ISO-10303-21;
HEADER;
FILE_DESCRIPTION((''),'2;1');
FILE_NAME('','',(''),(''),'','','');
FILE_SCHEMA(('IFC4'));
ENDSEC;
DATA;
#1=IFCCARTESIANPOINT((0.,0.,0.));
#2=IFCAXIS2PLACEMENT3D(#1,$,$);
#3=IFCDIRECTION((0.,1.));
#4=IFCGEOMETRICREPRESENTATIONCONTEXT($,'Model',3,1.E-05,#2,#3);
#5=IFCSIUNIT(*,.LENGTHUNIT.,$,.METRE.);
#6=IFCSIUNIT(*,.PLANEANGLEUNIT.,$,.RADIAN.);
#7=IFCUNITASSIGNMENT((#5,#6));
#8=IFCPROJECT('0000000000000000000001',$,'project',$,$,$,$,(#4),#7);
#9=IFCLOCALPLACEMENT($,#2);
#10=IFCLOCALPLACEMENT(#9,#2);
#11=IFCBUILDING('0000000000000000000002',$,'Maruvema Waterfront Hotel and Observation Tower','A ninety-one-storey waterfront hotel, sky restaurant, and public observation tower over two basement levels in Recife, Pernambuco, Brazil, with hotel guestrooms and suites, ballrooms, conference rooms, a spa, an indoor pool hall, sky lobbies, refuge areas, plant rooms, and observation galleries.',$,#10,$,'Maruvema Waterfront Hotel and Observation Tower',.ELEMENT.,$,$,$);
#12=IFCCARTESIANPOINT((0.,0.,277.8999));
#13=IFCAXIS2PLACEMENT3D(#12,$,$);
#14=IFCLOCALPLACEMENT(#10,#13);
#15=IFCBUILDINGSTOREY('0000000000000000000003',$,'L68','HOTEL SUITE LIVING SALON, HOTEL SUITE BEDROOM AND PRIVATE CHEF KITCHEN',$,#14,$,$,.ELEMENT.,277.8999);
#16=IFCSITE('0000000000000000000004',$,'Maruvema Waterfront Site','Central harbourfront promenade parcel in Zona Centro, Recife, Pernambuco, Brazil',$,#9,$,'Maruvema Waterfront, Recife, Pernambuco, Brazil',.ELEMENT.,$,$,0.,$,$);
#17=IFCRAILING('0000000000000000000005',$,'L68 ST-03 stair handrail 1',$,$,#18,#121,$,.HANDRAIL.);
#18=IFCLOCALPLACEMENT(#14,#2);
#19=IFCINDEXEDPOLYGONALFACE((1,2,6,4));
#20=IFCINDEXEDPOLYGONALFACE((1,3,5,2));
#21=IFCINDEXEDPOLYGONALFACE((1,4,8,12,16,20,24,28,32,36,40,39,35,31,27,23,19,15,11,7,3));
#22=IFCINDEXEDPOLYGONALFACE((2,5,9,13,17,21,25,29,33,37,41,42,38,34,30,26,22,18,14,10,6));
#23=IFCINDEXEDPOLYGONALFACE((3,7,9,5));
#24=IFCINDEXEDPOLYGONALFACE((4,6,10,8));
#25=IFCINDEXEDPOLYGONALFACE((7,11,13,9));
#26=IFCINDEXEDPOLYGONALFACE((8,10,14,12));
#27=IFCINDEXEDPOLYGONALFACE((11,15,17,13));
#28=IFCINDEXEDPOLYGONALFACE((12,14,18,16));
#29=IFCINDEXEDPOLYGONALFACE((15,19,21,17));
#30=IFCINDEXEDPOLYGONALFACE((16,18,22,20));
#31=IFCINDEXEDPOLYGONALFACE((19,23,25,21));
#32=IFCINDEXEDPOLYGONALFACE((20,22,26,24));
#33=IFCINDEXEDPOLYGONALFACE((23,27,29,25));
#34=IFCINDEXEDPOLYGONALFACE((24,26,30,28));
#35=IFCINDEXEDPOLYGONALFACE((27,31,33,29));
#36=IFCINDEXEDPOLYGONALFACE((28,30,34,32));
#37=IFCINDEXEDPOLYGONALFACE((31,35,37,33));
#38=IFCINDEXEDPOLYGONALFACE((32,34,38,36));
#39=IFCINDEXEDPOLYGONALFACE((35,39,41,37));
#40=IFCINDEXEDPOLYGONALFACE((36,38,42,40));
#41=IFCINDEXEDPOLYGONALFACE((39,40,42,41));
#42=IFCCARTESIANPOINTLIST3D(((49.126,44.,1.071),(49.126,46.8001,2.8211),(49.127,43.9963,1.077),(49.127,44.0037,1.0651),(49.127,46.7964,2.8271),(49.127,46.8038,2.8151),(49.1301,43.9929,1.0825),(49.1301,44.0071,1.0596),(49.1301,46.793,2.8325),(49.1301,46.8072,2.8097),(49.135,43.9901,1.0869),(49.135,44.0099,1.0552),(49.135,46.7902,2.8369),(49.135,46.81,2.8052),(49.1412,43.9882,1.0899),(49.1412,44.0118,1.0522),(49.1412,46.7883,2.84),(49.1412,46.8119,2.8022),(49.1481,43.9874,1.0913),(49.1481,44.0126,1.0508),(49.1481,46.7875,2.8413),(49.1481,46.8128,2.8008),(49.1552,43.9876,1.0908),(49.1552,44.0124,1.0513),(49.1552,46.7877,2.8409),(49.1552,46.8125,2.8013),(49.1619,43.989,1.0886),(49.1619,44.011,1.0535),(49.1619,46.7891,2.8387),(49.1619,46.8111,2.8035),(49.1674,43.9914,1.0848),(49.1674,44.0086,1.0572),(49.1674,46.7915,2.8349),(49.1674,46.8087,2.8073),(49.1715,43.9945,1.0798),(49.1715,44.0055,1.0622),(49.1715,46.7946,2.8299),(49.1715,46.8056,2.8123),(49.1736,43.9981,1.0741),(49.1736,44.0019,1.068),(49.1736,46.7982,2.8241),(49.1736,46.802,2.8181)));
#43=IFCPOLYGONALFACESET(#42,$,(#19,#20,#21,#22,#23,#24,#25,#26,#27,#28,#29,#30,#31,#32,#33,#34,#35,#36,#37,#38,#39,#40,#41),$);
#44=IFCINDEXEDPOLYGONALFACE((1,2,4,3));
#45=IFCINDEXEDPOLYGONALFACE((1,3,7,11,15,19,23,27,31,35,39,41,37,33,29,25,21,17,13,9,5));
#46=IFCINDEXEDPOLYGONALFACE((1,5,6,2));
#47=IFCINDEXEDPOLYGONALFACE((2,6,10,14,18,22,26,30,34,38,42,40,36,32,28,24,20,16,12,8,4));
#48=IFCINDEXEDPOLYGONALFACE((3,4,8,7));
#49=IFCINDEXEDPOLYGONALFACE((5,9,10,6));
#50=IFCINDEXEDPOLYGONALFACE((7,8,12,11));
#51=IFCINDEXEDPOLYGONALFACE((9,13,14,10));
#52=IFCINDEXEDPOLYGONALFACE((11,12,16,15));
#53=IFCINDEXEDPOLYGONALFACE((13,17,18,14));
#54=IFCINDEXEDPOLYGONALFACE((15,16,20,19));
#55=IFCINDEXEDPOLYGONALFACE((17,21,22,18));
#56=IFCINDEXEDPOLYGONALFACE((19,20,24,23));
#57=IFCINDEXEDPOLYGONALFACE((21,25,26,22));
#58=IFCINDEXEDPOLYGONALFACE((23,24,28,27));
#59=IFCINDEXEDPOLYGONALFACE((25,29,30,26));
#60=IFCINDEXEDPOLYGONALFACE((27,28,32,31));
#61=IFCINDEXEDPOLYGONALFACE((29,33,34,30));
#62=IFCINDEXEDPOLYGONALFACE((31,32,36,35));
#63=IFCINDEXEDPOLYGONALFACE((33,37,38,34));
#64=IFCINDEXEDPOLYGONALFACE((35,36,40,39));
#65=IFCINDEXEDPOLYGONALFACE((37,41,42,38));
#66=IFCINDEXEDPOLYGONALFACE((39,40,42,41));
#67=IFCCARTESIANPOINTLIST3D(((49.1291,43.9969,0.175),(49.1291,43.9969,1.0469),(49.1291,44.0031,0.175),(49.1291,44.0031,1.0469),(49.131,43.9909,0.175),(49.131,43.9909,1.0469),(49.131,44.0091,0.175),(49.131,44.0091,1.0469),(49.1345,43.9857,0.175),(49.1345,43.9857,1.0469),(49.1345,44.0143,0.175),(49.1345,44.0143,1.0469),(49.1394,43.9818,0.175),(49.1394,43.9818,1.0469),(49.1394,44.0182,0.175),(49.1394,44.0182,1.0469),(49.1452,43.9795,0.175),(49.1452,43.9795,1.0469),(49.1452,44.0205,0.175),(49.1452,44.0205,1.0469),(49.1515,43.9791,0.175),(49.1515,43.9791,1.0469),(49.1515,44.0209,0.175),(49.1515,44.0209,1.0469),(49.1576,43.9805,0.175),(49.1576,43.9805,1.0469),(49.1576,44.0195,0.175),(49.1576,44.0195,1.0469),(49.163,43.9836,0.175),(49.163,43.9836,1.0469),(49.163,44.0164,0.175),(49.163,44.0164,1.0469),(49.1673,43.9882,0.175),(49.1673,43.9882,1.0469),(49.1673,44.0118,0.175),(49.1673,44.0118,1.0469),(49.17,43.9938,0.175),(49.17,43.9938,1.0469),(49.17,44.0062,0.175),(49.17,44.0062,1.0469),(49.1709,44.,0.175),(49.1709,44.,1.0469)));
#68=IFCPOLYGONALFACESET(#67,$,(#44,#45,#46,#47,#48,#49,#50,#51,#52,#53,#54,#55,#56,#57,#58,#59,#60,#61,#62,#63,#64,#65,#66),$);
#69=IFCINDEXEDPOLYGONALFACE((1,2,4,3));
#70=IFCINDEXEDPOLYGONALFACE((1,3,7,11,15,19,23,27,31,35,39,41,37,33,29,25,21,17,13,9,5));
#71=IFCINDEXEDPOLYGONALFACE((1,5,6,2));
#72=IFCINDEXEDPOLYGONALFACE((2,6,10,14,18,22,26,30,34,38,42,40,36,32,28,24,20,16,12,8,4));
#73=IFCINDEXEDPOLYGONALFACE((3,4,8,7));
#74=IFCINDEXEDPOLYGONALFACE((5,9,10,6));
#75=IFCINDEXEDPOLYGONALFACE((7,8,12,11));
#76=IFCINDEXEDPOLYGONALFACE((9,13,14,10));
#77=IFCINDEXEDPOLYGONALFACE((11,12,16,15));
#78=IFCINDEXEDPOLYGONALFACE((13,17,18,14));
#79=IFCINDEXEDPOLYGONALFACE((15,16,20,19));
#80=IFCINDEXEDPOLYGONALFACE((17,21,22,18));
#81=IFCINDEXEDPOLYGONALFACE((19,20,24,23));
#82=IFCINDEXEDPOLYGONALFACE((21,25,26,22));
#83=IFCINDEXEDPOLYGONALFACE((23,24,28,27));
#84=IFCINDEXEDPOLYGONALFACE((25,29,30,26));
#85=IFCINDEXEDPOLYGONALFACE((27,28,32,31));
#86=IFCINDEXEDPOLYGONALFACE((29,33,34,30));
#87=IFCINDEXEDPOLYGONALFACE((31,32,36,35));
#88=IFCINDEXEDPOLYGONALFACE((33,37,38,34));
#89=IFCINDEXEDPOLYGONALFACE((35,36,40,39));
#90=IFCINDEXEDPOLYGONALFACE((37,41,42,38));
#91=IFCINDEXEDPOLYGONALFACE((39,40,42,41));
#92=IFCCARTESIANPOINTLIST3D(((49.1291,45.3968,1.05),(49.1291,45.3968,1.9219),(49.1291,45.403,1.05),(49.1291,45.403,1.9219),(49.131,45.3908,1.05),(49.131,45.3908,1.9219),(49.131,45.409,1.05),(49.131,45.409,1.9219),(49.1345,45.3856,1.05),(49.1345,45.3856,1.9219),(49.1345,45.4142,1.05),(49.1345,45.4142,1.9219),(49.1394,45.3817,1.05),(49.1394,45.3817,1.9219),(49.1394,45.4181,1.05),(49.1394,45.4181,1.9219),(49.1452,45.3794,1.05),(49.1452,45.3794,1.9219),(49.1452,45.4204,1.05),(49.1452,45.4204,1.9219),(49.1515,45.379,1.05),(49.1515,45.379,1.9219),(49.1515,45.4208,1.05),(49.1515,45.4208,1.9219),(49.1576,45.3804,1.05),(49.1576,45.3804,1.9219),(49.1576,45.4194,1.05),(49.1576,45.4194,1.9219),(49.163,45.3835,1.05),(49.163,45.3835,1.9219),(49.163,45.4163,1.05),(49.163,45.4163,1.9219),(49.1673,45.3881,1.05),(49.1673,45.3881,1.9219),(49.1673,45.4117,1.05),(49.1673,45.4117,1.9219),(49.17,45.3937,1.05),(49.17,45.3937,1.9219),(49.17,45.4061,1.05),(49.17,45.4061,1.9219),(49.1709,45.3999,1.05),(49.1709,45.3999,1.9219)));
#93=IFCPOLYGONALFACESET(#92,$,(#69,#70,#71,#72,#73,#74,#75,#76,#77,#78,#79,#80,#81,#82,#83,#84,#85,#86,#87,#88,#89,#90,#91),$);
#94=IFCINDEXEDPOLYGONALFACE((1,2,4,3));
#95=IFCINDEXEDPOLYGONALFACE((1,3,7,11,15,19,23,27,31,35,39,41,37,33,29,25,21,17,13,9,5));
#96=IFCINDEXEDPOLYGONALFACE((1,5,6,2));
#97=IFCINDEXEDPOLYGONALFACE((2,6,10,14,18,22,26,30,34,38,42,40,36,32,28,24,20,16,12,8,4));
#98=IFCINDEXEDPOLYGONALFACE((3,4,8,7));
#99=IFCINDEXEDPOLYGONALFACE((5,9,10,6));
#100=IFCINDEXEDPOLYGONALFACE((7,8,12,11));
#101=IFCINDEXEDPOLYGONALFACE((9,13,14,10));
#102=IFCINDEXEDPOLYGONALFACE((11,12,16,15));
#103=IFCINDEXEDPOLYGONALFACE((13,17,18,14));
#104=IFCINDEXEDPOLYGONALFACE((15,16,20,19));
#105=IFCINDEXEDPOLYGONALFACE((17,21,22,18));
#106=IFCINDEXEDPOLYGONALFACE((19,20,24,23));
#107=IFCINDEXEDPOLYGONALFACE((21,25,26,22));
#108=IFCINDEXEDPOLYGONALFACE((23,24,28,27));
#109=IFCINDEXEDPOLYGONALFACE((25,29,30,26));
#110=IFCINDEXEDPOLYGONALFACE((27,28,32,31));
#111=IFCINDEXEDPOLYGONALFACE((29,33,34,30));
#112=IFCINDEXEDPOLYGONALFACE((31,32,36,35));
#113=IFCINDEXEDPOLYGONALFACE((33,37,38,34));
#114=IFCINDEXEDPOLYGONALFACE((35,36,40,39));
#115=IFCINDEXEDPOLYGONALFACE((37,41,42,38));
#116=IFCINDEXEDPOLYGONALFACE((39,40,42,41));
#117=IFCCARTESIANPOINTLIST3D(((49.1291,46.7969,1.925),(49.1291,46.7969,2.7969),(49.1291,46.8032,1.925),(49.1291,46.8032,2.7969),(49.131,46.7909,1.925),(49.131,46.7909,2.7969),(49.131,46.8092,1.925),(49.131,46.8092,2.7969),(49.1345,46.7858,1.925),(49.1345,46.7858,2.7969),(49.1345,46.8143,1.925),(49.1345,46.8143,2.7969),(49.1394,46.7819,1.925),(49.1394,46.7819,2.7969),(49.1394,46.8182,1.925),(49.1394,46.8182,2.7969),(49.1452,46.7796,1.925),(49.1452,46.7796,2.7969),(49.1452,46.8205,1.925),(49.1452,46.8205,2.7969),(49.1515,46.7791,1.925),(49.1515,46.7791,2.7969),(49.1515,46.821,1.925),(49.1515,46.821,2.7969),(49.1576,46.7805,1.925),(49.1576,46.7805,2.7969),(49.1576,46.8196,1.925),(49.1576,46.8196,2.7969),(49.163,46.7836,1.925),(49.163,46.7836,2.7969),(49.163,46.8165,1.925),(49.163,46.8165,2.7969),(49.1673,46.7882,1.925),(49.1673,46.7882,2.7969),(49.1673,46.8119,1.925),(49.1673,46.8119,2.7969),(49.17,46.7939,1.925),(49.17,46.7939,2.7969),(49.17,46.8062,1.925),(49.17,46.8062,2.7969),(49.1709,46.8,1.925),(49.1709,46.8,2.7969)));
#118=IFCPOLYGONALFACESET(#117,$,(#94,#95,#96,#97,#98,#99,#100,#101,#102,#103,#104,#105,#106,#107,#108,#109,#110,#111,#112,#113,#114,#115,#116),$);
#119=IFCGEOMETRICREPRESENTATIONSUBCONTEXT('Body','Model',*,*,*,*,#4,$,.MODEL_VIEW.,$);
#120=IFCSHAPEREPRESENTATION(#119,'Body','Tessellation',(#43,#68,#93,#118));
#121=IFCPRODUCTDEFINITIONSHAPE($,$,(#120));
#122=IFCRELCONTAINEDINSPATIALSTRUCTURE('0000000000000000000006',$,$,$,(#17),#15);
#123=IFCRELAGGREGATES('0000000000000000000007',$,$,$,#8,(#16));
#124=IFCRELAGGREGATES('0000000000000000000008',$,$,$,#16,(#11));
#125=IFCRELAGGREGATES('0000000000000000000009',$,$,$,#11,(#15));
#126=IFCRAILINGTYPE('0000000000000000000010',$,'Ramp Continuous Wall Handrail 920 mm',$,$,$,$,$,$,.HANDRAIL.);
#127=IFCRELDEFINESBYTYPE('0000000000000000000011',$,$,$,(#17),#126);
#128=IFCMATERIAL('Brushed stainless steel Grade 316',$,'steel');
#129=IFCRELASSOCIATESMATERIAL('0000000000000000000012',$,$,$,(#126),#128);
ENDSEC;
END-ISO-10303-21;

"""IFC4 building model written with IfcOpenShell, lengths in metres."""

from ifc_helpers import new_model, si_unit, direction, frame, origin, origin_2d, place, context, subcontext, project, spatial, circle, extrude, material, type_object, element, save


model = new_model("IFC4")

# Units and contexts
model_context = context("Model", 3, precision=1e-05, world=origin(), true_north=direction((0.0, 1.0)))
body_context = subcontext(model_context, "Body", "Model", "MODEL_VIEW")
ifc_project = project(units=[si_unit("LENGTHUNIT", "METRE"), si_unit("PLANEANGLEUNIT", "RADIAN")], contexts=[model_context])

# Site, building, storey
site_placement = place(None, origin())
site = spatial("IfcSite", under=ifc_project, at=site_placement, Name="Maruvema Waterfront Site", Description="Central harbourfront promenade parcel in Zona Centro, Recife, Pernambuco, Brazil", LongName="Maruvema Waterfront, Recife, Pernambuco, Brazil", CompositionType="ELEMENT", RefElevation=0.0)
building_placement = place(site_placement, origin())
building = spatial("IfcBuilding", under=site, at=building_placement, Name="Maruvema Waterfront Hotel and Observation Tower", Description="A ninety-one-storey waterfront hotel, sky restaurant, and public observation tower over two basement levels in Recife, Pernambuco, Brazil, with hotel guestrooms and suites, ballrooms, conference rooms, a spa, an indoor pool hall, sky lobbies, refuge areas, plant rooms, and observation galleries.", LongName="Maruvema Waterfront Hotel and Observation Tower", CompositionType="ELEMENT")
storey_placement = place(building_placement, frame((0.0, 0.0, 277.8999)))
storey = spatial("IfcBuildingStorey", under=building, at=storey_placement, Name="L68", Description="HOTEL SUITE LIVING SALON, HOTEL SUITE BEDROOM AND PRIVATE CHEF KITCHEN", CompositionType="ELEMENT", Elevation=277.8999)

# Railing
ifc_material_1 = material(Name="Brushed stainless steel Grade 316", Category="steel")
railing_type_1 = type_object("IfcRailingType", Name="Ramp Continuous Wall Handrail 920 mm", PredefinedType="HANDRAIL", material=ifc_material_1)
railing_1_placement = place(storey_placement, frame((49.1499, 44.0, 0.175)))
element("IfcRailing", 1, at=railing_1_placement, inside=storey, type_object=railing_type_1, Name="L68 ST-03 stair handrail 1", PredefinedType="HANDRAIL", context=body_context, shape_type="SweptSolid", body=[
    extrude(circle(Radius=0.0239, at=origin_2d()), frame((0.0, 0.0, 0.896), z_axis=(0.0, 0.848002, 0.529992), x_axis=(-1.0, 0.0, 0.0)), (0.0, 0.0, 1.0), 3.302),
    extrude(circle(Radius=0.021, at=origin_2d()), origin(), (0.0, 0.0, 1.0), 0.8718),
    extrude(circle(Radius=0.021, at=origin_2d()), frame((0.0, 1.3999, 0.875)), (0.0, 0.0, 1.0), 0.8718),
    extrude(circle(Radius=0.021, at=origin_2d()), frame((0.0, 2.8, 1.75)), (0.0, 0.0, 1.0), 0.8718),
])

save(model, "model.ifc")
